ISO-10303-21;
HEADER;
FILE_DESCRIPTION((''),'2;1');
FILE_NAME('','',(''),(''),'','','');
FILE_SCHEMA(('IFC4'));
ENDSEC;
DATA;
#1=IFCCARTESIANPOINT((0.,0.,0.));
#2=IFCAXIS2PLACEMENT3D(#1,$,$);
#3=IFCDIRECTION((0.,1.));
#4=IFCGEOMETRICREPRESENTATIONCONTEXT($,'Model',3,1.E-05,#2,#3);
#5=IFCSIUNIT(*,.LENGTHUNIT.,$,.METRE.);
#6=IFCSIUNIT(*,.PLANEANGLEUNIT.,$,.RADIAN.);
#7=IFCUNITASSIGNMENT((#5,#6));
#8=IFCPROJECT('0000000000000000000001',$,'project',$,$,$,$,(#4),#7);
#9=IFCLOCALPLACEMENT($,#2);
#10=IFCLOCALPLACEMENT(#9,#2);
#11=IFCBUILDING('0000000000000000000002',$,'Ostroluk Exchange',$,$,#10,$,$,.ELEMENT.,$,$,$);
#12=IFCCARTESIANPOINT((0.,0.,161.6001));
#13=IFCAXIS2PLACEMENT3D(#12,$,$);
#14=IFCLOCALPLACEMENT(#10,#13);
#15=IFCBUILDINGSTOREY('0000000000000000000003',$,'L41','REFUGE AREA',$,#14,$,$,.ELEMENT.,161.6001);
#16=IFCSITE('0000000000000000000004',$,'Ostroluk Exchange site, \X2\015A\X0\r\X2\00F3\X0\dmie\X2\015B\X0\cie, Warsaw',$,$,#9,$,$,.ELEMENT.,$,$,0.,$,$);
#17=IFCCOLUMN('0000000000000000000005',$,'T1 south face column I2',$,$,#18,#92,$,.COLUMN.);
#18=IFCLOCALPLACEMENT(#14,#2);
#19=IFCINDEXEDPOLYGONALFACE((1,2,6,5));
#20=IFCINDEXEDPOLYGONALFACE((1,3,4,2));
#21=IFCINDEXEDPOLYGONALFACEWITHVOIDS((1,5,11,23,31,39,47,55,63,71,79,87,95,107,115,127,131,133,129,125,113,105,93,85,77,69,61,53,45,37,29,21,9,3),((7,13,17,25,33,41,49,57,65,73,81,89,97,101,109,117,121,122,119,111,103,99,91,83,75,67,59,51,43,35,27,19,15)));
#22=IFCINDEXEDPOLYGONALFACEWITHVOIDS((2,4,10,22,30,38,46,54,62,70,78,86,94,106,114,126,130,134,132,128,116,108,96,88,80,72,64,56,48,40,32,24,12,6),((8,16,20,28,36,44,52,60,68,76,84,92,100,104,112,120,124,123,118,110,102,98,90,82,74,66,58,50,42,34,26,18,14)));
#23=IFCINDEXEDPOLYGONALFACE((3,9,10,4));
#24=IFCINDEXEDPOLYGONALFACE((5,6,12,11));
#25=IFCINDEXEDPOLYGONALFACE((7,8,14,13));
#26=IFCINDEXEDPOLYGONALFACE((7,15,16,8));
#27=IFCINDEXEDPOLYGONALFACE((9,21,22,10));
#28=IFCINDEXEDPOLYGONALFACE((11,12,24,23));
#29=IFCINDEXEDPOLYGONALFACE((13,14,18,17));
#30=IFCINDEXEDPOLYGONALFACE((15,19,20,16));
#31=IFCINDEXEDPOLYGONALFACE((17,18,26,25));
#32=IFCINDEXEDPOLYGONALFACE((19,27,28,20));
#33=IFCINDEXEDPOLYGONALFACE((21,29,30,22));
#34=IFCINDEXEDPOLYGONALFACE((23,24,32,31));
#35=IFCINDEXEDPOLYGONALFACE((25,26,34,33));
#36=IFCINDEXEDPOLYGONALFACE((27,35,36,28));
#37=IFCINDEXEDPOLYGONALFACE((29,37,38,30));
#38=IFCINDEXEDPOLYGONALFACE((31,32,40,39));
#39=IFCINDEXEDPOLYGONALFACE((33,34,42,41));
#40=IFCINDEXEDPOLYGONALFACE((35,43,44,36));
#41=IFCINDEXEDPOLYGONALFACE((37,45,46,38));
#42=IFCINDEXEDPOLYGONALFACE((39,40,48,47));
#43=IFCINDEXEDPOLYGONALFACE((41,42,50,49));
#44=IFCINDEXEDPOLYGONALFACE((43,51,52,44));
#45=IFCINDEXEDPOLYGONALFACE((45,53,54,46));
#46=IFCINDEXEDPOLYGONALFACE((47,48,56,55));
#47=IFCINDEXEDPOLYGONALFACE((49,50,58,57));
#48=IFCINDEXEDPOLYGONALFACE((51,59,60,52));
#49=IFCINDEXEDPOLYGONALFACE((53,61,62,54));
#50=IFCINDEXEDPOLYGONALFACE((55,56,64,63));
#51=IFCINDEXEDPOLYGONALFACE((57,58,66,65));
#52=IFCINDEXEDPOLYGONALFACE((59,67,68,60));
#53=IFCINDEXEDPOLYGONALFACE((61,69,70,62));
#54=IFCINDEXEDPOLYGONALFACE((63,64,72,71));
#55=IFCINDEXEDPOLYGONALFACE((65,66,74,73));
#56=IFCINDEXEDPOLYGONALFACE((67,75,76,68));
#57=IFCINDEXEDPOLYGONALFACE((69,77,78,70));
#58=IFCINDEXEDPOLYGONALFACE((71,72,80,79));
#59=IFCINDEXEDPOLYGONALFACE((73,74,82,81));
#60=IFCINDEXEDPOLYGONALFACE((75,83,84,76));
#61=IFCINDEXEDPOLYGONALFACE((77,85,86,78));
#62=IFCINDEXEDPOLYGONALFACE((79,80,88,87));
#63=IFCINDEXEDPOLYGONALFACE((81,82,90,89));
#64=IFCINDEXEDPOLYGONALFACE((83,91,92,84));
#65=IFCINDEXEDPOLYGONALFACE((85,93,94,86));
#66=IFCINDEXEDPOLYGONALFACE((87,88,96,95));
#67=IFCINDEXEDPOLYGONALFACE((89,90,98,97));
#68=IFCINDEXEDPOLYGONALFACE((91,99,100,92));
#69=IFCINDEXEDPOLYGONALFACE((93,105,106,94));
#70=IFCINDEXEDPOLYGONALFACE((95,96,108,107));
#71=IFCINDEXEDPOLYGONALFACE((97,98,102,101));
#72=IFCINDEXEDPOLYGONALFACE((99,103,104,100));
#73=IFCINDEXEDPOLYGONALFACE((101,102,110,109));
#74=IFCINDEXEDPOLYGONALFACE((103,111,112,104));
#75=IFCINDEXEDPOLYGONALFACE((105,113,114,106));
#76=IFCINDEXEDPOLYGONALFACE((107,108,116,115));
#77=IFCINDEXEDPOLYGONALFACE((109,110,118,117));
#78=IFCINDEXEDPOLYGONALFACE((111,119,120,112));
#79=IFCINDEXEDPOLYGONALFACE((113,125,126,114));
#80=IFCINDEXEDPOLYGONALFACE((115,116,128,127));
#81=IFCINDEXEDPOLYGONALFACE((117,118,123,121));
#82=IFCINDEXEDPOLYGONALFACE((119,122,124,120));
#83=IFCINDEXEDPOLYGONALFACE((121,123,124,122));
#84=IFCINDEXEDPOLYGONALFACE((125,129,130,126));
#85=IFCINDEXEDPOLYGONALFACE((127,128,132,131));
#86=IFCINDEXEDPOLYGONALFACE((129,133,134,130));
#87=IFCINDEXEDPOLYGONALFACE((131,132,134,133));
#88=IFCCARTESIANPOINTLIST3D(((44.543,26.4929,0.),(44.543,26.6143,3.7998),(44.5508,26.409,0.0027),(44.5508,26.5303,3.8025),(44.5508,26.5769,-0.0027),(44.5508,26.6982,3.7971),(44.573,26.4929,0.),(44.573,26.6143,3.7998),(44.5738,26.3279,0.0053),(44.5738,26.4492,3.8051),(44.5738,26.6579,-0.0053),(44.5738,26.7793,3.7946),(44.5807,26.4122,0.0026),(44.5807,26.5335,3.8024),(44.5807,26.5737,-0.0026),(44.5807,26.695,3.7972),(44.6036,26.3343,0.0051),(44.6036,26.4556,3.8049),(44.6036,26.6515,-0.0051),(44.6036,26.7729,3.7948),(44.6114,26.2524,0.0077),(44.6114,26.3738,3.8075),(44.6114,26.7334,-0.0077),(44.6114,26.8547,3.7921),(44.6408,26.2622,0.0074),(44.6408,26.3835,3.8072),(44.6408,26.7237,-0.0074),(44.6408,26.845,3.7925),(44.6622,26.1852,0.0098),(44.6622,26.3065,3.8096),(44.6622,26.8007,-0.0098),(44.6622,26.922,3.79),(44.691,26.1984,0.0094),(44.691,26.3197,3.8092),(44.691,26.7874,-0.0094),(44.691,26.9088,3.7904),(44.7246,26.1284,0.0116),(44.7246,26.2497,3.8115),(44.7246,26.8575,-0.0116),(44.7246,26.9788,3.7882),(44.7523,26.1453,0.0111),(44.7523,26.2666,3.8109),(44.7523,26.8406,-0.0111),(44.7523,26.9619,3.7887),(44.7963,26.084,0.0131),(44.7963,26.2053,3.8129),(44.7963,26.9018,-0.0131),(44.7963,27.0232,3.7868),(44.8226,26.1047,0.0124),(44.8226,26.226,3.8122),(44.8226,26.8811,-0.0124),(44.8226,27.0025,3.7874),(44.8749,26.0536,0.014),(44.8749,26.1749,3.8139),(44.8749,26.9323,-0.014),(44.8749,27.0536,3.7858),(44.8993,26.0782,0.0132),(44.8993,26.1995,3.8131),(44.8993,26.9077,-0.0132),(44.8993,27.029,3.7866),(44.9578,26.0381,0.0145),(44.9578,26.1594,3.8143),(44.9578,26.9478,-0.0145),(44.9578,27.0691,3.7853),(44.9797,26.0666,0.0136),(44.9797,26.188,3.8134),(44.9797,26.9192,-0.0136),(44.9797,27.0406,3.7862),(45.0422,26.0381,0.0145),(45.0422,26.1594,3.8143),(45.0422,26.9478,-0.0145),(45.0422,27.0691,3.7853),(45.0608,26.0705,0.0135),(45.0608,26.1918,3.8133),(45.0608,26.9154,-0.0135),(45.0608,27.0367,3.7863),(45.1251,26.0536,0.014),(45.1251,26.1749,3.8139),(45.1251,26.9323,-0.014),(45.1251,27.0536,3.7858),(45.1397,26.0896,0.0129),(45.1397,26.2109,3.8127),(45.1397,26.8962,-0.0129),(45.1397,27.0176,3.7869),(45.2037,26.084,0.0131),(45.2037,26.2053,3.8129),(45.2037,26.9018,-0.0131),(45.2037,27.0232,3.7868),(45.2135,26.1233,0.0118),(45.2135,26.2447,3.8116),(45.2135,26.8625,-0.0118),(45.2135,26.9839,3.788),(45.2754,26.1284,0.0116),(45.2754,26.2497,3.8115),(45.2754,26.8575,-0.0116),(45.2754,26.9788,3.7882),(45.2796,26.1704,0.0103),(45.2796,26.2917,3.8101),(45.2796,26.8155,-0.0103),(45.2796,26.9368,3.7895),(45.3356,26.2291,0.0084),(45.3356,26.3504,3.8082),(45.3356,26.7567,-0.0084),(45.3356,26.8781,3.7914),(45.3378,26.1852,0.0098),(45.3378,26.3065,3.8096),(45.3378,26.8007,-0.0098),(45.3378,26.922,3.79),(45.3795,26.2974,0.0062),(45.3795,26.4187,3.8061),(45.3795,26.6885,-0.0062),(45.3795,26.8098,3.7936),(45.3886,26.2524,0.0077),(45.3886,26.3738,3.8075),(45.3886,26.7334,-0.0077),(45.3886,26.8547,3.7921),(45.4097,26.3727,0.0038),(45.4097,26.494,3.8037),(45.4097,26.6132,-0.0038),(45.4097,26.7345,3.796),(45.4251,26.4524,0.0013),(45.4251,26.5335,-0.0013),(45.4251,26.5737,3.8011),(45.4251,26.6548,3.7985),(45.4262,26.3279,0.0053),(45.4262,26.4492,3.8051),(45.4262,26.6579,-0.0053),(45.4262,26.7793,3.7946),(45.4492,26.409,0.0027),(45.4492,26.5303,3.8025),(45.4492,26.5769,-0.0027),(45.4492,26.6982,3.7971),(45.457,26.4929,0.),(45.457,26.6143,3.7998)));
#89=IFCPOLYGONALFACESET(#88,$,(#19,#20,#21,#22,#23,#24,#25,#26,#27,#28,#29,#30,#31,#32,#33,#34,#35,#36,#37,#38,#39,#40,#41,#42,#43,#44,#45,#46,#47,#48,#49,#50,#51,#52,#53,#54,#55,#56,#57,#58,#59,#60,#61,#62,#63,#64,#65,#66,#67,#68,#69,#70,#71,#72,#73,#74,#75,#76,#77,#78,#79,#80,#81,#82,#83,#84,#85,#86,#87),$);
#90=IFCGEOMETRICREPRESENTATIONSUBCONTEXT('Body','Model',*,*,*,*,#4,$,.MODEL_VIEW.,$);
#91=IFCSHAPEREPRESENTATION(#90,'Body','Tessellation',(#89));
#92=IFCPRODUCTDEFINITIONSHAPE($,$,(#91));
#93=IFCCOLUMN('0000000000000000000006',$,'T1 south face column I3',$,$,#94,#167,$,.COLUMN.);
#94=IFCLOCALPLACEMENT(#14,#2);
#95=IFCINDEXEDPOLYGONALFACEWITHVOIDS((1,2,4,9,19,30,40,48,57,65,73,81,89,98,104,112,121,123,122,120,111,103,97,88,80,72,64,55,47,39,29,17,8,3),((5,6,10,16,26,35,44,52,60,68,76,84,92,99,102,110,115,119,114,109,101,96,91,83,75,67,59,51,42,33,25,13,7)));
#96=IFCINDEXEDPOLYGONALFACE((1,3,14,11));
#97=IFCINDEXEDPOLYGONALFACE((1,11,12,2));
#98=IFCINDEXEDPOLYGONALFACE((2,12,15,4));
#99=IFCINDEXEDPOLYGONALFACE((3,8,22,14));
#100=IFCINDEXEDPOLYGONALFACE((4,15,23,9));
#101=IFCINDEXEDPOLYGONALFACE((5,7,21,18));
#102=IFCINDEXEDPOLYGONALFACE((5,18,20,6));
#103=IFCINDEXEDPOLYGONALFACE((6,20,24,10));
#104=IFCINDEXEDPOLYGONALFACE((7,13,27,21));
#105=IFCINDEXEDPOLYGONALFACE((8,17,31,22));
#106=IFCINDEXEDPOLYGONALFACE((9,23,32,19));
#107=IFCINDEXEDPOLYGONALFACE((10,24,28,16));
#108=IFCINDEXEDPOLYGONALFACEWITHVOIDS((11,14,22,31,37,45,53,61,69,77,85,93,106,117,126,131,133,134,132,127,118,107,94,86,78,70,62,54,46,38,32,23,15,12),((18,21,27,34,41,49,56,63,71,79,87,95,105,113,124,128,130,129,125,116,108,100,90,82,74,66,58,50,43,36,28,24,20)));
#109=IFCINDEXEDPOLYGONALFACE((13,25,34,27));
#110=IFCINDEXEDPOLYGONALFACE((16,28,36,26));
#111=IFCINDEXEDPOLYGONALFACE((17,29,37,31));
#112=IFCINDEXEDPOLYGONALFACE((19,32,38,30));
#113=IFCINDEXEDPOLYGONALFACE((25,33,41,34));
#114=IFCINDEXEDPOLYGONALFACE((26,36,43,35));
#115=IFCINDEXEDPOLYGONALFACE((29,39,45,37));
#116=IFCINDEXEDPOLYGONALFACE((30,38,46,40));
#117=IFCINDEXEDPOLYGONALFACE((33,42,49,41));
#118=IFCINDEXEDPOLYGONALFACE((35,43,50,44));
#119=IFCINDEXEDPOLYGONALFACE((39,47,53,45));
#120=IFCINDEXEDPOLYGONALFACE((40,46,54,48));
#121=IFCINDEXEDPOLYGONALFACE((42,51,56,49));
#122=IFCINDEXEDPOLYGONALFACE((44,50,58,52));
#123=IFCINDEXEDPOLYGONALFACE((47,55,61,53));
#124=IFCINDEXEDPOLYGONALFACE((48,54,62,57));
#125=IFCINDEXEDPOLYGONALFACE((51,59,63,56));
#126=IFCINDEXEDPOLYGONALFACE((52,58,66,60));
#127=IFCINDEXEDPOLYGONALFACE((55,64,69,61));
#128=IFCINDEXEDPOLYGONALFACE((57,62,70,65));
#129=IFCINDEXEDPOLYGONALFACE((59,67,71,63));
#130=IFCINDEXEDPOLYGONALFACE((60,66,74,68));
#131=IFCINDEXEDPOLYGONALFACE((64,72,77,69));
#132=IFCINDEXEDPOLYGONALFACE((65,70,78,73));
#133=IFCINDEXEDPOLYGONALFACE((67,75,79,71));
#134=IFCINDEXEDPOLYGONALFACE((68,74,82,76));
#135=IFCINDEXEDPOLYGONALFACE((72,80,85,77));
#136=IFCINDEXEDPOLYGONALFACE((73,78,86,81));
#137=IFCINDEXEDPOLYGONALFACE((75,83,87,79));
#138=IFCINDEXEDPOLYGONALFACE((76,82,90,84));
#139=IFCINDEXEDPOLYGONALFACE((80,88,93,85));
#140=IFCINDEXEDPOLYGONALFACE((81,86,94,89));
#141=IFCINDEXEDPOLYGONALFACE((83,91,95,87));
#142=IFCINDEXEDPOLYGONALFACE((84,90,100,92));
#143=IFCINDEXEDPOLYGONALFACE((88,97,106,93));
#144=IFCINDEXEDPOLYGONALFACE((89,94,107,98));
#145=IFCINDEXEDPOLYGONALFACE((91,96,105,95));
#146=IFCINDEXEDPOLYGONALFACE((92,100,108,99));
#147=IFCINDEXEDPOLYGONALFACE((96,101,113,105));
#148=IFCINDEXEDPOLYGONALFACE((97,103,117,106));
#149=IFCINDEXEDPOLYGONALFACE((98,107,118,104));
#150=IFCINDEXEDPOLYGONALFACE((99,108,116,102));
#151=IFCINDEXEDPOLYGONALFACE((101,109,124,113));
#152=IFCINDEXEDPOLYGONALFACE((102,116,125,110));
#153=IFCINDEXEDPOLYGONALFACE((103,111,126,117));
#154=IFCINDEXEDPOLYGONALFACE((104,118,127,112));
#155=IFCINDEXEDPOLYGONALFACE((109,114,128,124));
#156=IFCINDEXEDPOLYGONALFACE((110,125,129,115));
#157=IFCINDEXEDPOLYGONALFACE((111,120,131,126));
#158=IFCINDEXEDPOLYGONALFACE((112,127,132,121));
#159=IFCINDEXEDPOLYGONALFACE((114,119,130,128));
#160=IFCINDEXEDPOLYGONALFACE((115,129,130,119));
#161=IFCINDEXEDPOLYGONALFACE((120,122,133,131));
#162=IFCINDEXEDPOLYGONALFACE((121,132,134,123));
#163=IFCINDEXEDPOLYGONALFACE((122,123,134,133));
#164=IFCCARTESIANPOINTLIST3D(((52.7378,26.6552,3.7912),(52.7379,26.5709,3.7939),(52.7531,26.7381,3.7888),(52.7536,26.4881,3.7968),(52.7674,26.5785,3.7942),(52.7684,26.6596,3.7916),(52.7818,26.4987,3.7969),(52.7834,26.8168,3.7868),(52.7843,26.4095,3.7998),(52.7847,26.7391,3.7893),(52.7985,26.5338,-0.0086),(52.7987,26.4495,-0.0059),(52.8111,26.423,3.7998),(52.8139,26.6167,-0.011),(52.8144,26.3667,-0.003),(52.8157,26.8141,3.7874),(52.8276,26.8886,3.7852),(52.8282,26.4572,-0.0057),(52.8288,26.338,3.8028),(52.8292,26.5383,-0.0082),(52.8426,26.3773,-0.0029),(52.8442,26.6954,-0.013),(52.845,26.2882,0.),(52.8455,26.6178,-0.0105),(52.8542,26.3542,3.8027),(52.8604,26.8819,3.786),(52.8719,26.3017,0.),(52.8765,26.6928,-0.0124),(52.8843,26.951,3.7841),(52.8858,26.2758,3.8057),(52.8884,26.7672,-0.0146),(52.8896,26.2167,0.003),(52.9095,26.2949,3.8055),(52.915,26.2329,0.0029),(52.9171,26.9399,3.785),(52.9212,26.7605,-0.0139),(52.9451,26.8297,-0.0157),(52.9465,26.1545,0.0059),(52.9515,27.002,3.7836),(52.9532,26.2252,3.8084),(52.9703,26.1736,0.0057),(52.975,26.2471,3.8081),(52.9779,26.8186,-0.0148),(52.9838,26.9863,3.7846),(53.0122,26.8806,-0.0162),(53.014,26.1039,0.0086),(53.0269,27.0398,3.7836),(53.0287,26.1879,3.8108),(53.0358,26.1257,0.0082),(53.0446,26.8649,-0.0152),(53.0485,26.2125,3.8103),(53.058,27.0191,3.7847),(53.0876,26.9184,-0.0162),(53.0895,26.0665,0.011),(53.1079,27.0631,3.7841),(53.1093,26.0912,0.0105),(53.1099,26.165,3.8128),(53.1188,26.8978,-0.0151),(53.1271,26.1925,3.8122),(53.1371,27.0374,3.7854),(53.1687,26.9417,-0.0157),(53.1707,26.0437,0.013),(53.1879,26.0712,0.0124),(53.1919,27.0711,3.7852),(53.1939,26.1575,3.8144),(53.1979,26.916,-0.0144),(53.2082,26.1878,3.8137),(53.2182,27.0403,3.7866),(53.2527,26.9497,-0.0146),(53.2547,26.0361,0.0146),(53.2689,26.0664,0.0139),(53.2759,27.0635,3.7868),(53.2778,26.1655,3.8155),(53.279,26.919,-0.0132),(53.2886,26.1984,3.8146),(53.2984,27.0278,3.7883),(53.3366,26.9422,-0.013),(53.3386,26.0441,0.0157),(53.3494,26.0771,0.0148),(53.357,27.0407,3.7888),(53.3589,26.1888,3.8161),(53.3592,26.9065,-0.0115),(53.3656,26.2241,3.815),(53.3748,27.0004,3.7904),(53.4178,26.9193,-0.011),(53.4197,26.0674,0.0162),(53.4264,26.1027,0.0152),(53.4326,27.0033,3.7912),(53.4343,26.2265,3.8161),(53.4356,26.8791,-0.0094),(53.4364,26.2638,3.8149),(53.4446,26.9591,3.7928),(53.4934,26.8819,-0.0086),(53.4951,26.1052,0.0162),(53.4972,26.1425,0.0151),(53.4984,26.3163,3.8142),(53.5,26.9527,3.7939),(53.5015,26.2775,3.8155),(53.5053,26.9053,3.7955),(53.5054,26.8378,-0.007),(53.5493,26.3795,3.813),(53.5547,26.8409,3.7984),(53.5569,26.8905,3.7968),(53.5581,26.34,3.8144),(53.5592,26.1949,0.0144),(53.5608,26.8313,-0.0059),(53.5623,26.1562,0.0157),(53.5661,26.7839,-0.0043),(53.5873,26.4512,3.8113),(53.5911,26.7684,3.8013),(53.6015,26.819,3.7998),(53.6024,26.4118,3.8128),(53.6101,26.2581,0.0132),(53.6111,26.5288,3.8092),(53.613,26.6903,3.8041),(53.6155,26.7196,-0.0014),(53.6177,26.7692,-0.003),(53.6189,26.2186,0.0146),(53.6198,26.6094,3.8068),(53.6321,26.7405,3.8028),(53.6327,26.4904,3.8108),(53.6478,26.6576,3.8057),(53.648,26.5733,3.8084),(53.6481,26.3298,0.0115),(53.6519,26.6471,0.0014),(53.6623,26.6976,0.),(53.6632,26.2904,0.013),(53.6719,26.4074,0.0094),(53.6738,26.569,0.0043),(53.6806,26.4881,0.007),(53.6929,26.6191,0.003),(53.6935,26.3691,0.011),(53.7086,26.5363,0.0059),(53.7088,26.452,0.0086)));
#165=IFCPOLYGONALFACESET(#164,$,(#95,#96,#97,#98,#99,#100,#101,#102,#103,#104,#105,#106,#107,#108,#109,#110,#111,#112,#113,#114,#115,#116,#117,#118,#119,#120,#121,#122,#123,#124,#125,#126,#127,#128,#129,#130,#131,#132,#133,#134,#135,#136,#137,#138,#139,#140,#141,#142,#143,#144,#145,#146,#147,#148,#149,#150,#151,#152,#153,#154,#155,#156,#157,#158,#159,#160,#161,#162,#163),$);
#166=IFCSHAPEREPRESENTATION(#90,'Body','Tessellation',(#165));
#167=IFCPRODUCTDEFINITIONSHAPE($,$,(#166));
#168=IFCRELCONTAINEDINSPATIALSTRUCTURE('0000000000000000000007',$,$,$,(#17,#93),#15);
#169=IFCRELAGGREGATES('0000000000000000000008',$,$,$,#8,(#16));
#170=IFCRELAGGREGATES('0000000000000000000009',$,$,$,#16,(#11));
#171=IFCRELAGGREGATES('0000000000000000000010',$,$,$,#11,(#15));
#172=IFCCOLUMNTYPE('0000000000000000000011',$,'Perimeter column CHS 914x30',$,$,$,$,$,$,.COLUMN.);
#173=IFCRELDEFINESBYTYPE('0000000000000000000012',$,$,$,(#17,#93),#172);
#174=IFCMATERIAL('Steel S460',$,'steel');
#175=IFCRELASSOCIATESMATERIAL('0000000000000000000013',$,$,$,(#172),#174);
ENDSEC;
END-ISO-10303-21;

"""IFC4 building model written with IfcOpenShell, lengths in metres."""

from ifc_helpers import new_model, si_unit, direction, frame, origin, origin_2d, place, context, subcontext, project, spatial, hollow_circle, extrude, material, material_profile, profile_set, type_object, element, save


model = new_model("IFC4")

# Units and contexts
model_context = context("Model", 3, precision=1e-05, world=origin(), true_north=direction((0.0, 1.0)))
body_context = subcontext(model_context, "Body", "Model", "MODEL_VIEW")
ifc_project = project(units=[si_unit("LENGTHUNIT", "METRE"), si_unit("PLANEANGLEUNIT", "RADIAN")], contexts=[model_context])

# Site, building, storey
site_placement = place(None, origin())
site = spatial("IfcSite", under=ifc_project, at=site_placement, Name="Ostroluk Exchange site, Śródmieście, Warsaw", CompositionType="ELEMENT", RefElevation=0.0)
building_placement = place(site_placement, origin())
building = spatial("IfcBuilding", under=site, at=building_placement, Name="Ostroluk Exchange", CompositionType="ELEMENT")
storey_placement = place(building_placement, frame((0.0, 0.0, 161.6001)))
storey = spatial("IfcBuildingStorey", under=building, at=storey_placement, Name="L41", Description="REFUGE AREA", CompositionType="ELEMENT", Elevation=161.6001)

# Columns
ifc_material_1 = material(Name="Steel S460", Category="steel")
ifc_material_profile_1 = material_profile(ifc_material_1, hollow_circle(Radius=0.457, WallThickness=0.03, at=origin_2d()), Name="CHS 914x30")
ifc_profile_set_1 = profile_set([ifc_material_profile_1], Name="Steel S460")
column_type = type_object("IfcColumnType", Name="Perimeter column CHS 914x30", PredefinedType="COLUMN", material=ifc_profile_set_1)
column_1_placement = place(storey_placement, frame((45.0, 26.4929, 0.0), z_axis=(0.0, 0.031916, 0.999491), x_axis=(-1.0, 0.0, 0.0)))
element("IfcColumn", 1, at=column_1_placement, inside=storey, type_object=column_type, Name="T1 south face column I2", PredefinedType="COLUMN", context=body_context, shape_type="SweptSolid", body=[
    extrude(hollow_circle(Radius=0.457, WallThickness=0.03, at=origin_2d()), origin(), (0.0, 0.0, 1.0), 3.8018),
])
column_2_placement = place(storey_placement, frame((53.2537, 26.4929, 0.0), z_axis=(-0.015988, 0.031912, 0.999363), x_axis=(-0.894067, -0.447933, 0.0)))
element("IfcColumn", 2, at=column_2_placement, inside=storey, type_object=column_type, Name="T1 south face column I3", PredefinedType="COLUMN", context=body_context, shape_type="SweptSolid", body=[
    extrude(hollow_circle(Radius=0.457, WallThickness=0.03, at=origin_2d()), origin(), (0.0, 0.0, 1.0), 3.8022),
])

save(model, "model.ifc")
